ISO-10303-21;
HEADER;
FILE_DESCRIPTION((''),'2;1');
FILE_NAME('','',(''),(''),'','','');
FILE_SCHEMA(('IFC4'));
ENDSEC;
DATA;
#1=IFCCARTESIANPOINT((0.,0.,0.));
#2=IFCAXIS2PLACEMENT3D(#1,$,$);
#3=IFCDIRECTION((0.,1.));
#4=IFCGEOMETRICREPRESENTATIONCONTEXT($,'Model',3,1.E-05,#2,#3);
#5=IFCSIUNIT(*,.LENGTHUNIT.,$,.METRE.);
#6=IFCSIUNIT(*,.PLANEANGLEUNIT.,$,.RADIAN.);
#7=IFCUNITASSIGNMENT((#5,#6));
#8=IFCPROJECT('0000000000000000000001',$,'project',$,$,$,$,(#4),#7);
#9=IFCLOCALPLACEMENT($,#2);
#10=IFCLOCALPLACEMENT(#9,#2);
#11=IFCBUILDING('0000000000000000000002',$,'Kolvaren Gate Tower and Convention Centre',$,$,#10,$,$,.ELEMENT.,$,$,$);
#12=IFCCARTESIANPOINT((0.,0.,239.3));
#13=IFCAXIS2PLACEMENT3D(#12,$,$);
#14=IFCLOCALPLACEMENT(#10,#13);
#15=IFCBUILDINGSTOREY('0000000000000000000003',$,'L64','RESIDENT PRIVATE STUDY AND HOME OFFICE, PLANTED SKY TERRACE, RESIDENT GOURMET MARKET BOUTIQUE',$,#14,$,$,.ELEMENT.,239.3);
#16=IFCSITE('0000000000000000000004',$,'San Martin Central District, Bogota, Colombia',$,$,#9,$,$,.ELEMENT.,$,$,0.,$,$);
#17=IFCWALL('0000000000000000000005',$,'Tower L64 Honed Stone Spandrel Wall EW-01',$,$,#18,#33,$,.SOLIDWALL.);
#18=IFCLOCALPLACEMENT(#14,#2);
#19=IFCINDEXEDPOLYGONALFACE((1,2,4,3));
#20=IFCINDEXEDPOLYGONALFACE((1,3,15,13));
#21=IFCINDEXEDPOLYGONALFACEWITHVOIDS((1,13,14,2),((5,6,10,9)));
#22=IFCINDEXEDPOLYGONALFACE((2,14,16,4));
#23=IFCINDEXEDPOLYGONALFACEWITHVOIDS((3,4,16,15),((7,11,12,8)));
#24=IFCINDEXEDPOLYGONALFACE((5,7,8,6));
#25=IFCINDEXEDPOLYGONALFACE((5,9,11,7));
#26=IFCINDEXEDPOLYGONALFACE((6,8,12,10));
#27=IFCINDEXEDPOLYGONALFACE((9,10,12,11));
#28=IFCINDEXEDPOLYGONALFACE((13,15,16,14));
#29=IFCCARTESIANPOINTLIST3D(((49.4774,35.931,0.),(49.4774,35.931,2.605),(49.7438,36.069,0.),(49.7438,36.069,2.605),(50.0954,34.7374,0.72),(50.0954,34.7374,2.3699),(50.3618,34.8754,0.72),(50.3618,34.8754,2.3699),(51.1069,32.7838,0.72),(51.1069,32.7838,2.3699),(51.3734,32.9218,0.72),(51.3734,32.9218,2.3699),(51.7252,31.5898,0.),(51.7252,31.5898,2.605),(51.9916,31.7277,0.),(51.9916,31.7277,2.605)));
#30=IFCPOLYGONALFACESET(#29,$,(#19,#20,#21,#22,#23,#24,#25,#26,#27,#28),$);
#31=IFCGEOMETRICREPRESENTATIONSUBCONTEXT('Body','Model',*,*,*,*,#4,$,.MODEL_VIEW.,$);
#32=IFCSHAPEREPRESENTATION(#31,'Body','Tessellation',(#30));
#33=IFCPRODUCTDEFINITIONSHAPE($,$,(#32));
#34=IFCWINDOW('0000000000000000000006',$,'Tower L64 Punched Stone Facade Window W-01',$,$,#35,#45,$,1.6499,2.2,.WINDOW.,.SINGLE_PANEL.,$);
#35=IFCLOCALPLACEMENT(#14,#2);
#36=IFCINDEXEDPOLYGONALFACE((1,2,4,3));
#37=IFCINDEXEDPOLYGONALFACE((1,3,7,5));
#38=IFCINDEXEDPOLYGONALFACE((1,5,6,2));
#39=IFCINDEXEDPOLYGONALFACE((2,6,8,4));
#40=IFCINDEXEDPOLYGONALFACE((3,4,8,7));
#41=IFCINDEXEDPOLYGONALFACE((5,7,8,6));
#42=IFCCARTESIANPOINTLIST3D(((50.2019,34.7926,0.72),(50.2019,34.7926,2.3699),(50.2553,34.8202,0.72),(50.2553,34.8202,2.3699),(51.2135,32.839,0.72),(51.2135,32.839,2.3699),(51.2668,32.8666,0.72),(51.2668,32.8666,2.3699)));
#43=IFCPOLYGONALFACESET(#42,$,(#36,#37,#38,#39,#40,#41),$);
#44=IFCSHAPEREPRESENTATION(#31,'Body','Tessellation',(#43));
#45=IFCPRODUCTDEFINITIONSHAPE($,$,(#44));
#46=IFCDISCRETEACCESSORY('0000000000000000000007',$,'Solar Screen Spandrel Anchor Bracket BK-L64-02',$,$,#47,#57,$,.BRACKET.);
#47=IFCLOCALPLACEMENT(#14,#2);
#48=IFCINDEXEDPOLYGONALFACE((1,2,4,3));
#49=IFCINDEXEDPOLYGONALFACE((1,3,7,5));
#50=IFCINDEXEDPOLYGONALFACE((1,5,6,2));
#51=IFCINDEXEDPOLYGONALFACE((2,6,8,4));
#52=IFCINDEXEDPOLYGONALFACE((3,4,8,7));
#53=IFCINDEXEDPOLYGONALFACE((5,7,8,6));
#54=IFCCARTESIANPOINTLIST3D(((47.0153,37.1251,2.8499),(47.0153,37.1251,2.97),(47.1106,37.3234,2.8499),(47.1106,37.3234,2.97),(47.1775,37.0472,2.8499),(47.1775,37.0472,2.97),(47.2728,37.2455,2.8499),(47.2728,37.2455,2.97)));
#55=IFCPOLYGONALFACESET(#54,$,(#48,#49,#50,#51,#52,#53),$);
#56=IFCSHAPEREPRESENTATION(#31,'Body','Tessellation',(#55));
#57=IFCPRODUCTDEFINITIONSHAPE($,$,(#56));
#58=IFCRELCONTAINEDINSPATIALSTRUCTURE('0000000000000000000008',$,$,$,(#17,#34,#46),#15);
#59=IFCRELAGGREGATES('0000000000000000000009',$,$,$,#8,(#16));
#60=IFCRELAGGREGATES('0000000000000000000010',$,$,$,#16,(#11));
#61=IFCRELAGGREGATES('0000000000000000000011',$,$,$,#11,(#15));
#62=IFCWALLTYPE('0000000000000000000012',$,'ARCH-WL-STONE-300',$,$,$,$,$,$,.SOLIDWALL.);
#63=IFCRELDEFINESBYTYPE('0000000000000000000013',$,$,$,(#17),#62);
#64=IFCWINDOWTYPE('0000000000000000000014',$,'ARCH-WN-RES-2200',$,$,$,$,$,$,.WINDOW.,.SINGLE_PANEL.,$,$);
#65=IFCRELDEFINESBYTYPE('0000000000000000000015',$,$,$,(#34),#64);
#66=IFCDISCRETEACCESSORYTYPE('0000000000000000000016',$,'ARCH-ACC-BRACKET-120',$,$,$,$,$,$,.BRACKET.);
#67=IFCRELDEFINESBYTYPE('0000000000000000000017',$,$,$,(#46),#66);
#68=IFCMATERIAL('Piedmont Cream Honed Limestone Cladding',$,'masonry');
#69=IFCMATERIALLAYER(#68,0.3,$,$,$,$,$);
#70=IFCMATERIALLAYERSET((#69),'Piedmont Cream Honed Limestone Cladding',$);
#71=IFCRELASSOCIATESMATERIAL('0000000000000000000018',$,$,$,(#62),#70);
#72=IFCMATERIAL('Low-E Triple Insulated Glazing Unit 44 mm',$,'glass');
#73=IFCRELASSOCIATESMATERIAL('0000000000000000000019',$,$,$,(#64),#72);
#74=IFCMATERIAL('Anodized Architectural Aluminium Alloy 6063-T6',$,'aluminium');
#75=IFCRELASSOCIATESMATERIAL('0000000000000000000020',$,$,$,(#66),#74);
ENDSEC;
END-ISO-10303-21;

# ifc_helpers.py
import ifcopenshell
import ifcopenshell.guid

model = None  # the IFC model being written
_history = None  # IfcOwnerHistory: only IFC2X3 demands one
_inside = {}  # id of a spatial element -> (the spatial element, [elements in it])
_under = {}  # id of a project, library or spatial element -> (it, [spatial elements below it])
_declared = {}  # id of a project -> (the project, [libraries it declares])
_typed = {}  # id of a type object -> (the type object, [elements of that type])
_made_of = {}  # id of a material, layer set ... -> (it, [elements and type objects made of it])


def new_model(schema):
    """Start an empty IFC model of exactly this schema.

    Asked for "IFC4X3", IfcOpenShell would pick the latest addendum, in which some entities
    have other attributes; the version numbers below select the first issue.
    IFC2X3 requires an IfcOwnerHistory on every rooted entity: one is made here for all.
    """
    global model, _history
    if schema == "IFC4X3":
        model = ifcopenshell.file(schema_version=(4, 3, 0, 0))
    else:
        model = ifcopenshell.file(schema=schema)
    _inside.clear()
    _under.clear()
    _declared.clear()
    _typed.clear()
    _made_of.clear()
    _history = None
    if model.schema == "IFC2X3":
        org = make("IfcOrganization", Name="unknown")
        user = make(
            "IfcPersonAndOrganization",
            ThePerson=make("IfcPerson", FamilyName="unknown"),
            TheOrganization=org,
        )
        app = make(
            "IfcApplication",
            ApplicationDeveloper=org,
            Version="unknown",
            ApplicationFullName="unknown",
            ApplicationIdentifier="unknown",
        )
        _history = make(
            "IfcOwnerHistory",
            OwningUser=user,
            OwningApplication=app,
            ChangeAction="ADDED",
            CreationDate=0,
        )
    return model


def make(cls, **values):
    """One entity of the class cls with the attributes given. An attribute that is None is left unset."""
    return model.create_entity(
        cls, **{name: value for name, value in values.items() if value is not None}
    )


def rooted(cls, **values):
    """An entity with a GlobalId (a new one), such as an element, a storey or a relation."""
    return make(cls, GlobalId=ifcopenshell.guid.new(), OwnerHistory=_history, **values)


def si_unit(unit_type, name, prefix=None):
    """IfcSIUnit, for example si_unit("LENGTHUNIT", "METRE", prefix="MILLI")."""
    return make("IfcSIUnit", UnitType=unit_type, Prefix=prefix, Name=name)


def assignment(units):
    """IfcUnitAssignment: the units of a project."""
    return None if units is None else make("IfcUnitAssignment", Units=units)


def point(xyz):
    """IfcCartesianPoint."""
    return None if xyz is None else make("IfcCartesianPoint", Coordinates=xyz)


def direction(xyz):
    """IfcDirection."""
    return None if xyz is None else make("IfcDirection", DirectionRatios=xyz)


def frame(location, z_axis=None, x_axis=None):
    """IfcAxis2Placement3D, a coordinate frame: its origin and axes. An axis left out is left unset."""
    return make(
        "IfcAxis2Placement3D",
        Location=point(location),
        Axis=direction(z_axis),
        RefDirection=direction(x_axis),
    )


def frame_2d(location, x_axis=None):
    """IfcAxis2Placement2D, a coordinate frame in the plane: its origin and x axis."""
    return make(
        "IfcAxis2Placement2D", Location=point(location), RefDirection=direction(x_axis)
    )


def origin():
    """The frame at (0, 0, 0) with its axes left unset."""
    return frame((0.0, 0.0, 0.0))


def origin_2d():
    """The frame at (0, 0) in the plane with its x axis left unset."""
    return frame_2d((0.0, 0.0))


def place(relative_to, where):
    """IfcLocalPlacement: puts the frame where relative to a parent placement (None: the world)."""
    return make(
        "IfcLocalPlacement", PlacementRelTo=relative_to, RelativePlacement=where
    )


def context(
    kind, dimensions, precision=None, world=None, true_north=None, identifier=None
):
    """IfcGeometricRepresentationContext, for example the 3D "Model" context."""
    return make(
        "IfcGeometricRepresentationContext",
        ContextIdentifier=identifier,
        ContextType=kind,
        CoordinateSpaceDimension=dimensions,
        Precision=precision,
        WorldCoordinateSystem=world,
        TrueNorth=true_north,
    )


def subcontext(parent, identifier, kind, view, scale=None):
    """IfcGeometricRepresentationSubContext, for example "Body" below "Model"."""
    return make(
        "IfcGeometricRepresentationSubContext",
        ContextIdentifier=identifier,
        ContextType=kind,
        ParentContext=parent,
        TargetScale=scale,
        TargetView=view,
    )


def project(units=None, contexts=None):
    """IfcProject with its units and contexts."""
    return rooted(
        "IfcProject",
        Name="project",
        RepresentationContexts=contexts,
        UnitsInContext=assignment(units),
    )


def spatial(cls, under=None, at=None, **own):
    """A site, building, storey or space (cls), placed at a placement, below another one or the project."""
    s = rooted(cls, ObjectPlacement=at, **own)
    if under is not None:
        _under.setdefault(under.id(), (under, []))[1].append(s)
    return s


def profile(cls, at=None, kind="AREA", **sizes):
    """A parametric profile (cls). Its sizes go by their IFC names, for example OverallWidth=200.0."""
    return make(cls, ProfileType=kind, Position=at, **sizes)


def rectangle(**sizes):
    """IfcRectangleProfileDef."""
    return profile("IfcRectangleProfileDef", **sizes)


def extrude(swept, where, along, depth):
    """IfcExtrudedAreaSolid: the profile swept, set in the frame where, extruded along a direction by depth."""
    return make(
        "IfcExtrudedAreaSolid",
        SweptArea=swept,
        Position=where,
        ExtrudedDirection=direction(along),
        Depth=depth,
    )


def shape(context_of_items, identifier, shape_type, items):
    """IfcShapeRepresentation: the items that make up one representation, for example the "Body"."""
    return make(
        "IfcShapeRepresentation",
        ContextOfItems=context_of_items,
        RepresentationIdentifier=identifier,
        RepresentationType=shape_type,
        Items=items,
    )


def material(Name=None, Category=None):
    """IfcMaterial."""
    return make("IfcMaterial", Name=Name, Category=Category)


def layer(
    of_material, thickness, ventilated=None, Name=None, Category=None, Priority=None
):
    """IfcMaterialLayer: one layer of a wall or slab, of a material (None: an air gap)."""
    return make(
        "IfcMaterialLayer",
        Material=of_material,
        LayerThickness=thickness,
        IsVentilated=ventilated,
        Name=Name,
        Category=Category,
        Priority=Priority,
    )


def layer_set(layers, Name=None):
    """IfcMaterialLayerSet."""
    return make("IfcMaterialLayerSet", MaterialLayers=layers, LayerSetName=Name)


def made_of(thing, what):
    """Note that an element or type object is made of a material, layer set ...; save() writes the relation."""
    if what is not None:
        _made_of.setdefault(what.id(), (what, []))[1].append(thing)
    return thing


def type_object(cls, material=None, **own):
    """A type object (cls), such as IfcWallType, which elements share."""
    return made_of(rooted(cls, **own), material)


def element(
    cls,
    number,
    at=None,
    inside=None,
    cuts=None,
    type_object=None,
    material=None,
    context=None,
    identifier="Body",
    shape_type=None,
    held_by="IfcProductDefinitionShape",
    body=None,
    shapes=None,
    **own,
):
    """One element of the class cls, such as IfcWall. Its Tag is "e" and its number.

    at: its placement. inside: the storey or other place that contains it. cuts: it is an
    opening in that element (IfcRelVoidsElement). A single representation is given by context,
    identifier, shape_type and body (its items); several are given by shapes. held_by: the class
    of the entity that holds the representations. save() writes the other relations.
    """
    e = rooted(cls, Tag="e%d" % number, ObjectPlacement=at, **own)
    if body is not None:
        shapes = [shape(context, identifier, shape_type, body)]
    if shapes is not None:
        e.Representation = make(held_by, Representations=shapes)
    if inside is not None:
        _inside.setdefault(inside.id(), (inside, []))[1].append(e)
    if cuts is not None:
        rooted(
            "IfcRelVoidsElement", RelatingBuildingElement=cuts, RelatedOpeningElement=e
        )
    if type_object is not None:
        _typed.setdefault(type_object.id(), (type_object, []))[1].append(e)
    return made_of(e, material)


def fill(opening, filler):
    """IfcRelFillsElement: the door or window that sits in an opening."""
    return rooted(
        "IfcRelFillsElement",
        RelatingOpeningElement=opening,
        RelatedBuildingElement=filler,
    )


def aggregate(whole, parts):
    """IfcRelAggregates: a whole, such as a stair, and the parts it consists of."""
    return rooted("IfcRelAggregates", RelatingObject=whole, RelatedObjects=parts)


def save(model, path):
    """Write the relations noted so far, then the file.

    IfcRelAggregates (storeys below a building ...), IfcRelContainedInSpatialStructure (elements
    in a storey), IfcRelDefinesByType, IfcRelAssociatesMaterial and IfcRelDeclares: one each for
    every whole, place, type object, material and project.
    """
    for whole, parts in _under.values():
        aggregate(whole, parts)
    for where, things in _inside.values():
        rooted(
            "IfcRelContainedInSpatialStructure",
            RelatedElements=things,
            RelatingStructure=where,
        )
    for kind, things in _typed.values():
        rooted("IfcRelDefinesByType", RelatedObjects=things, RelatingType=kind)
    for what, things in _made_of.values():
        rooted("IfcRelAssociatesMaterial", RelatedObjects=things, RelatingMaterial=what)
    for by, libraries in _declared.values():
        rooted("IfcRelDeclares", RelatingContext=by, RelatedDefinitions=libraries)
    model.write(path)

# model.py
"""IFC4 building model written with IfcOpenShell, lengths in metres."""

from ifc_helpers import new_model, si_unit, direction, frame, frame_2d, origin, origin_2d, place, context, subcontext, project, spatial, rectangle, extrude, material, layer, layer_set, type_object, element, fill, save


model = new_model("IFC4")

# Units and contexts
model_context = context("Model", 3, precision=1e-05, world=origin(), true_north=direction((0.0, 1.0)))
body_context = subcontext(model_context, "Body", "Model", "MODEL_VIEW")
ifc_project = project(units=[si_unit("LENGTHUNIT", "METRE"), si_unit("PLANEANGLEUNIT", "RADIAN")], contexts=[model_context])

# Site, building, storey
site_placement = place(None, origin())
site = spatial("IfcSite", under=ifc_project, at=site_placement, Name="San Martin Central District, Bogota, Colombia", CompositionType="ELEMENT", RefElevation=0.0)
building_placement = place(site_placement, origin())
building = spatial("IfcBuilding", under=site, at=building_placement, Name="Kolvaren Gate Tower and Convention Centre", CompositionType="ELEMENT")
storey_placement = place(building_placement, frame((0.0, 0.0, 239.3)))
storey = spatial("IfcBuildingStorey", under=building, at=storey_placement, Name="L64", Description="RESIDENT PRIVATE STUDY AND HOME OFFICE, PLANTED SKY TERRACE, RESIDENT GOURMET MARKET BOUTIQUE", CompositionType="ELEMENT", Elevation=239.3)

# Shared definitions
ifc_material_1 = material(Name="Anodized Architectural Aluminium Alloy 6063-T6", Category="aluminium")

# Shared definitions
ifc_material_2 = material(Name="Low-E Triple Insulated Glazing Unit 44 mm", Category="glass")

# Shared definitions
ifc_material_3 = material(Name="Piedmont Cream Honed Limestone Cladding", Category="masonry")

# Shared definitions
ifc_layer_1 = layer(ifc_material_3, 0.3)
ifc_layer_set_1 = layer_set([ifc_layer_1], Name="Piedmont Cream Honed Limestone Cladding")
wall_type_1 = type_object("IfcWallType", Name="ARCH-WL-STONE-300", PredefinedType="SOLIDWALL", material=ifc_layer_set_1)

# Wall, opening, window
wall_1_placement = place(storey_placement, frame((49.6106, 36.0, 0.0), z_axis=(0.0, 0.0, 1.0), x_axis=(0.459794, -0.888026, 0.0)))
wall_1 = element("IfcWall", 1, at=wall_1_placement, inside=storey, type_object=wall_type_1, Name="Tower L64 Honed Stone Spandrel Wall EW-01", PredefinedType="SOLIDWALL", context=body_context, shape_type="SweptSolid", body=[
    extrude(rectangle(XDim=4.8887, YDim=0.3, at=frame_2d((2.4443, 0.0))), origin(), (0.0, 0.0, 1.0), 2.605),
])
opening_1_placement = place(wall_1_placement, frame((1.344, 0.0, 0.72)))
opening_1 = element("IfcOpeningElement", 2, at=opening_1_placement, cuts=wall_1, PredefinedType="OPENING", context=body_context, shape_type="SweptSolid", body=[
    extrude(rectangle(XDim=2.2, YDim=1.6499, at=frame_2d((1.1001, 0.825))), frame((0.0, 0.1599, 0.0), z_axis=(0.0, -1.0, 0.0), x_axis=(1.0, 0.0, 0.0)), (0.0, 0.0, 1.0), 0.3201),
])
window_type = type_object("IfcWindowType", Name="ARCH-WN-RES-2200", PartitioningType="SINGLE_PANEL", PredefinedType="WINDOW", material=ifc_material_2)
window_placement = place(opening_1_placement, origin())
window = element("IfcWindow", 3, at=window_placement, inside=storey, type_object=window_type, Name="Tower L64 Punched Stone Facade Window W-01", OverallHeight=1.6499, OverallWidth=2.2, PartitioningType="SINGLE_PANEL", PredefinedType="WINDOW", context=body_context, shape_type="SweptSolid", body=[
    extrude(rectangle(XDim=2.2, YDim=1.6499, at=frame_2d((1.1001, 0.825))), frame((0.0, 0.03, 0.0), z_axis=(0.0, -1.0, 0.0), x_axis=(1.0, 0.0, 0.0)), (0.0, 0.0, 1.0), 0.0601),
])
fill(opening_1, window)

# Discrete accessory
discrete_accessory_type = type_object("IfcDiscreteAccessoryType", Name="ARCH-ACC-BRACKET-120", PredefinedType="BRACKET", material=ifc_material_1)
discrete_accessory_placement = place(storey_placement, frame((47.144, 37.1853, 2.8499), z_axis=(0.0, 0.0, 1.0), x_axis=(0.901358, -0.433076, 0.0)))
element("IfcDiscreteAccessory", 4, at=discrete_accessory_placement, inside=storey, type_object=discrete_accessory_type, Name="Solar Screen Spandrel Anchor Bracket BK-L64-02", PredefinedType="BRACKET", context=body_context, shape_type="SweptSolid", body=[
    extrude(rectangle(XDim=0.1799, YDim=0.22, at=origin_2d()), origin(), (0.0, 0.0, 1.0), 0.1201),
])

save(model, "model.ifc")
